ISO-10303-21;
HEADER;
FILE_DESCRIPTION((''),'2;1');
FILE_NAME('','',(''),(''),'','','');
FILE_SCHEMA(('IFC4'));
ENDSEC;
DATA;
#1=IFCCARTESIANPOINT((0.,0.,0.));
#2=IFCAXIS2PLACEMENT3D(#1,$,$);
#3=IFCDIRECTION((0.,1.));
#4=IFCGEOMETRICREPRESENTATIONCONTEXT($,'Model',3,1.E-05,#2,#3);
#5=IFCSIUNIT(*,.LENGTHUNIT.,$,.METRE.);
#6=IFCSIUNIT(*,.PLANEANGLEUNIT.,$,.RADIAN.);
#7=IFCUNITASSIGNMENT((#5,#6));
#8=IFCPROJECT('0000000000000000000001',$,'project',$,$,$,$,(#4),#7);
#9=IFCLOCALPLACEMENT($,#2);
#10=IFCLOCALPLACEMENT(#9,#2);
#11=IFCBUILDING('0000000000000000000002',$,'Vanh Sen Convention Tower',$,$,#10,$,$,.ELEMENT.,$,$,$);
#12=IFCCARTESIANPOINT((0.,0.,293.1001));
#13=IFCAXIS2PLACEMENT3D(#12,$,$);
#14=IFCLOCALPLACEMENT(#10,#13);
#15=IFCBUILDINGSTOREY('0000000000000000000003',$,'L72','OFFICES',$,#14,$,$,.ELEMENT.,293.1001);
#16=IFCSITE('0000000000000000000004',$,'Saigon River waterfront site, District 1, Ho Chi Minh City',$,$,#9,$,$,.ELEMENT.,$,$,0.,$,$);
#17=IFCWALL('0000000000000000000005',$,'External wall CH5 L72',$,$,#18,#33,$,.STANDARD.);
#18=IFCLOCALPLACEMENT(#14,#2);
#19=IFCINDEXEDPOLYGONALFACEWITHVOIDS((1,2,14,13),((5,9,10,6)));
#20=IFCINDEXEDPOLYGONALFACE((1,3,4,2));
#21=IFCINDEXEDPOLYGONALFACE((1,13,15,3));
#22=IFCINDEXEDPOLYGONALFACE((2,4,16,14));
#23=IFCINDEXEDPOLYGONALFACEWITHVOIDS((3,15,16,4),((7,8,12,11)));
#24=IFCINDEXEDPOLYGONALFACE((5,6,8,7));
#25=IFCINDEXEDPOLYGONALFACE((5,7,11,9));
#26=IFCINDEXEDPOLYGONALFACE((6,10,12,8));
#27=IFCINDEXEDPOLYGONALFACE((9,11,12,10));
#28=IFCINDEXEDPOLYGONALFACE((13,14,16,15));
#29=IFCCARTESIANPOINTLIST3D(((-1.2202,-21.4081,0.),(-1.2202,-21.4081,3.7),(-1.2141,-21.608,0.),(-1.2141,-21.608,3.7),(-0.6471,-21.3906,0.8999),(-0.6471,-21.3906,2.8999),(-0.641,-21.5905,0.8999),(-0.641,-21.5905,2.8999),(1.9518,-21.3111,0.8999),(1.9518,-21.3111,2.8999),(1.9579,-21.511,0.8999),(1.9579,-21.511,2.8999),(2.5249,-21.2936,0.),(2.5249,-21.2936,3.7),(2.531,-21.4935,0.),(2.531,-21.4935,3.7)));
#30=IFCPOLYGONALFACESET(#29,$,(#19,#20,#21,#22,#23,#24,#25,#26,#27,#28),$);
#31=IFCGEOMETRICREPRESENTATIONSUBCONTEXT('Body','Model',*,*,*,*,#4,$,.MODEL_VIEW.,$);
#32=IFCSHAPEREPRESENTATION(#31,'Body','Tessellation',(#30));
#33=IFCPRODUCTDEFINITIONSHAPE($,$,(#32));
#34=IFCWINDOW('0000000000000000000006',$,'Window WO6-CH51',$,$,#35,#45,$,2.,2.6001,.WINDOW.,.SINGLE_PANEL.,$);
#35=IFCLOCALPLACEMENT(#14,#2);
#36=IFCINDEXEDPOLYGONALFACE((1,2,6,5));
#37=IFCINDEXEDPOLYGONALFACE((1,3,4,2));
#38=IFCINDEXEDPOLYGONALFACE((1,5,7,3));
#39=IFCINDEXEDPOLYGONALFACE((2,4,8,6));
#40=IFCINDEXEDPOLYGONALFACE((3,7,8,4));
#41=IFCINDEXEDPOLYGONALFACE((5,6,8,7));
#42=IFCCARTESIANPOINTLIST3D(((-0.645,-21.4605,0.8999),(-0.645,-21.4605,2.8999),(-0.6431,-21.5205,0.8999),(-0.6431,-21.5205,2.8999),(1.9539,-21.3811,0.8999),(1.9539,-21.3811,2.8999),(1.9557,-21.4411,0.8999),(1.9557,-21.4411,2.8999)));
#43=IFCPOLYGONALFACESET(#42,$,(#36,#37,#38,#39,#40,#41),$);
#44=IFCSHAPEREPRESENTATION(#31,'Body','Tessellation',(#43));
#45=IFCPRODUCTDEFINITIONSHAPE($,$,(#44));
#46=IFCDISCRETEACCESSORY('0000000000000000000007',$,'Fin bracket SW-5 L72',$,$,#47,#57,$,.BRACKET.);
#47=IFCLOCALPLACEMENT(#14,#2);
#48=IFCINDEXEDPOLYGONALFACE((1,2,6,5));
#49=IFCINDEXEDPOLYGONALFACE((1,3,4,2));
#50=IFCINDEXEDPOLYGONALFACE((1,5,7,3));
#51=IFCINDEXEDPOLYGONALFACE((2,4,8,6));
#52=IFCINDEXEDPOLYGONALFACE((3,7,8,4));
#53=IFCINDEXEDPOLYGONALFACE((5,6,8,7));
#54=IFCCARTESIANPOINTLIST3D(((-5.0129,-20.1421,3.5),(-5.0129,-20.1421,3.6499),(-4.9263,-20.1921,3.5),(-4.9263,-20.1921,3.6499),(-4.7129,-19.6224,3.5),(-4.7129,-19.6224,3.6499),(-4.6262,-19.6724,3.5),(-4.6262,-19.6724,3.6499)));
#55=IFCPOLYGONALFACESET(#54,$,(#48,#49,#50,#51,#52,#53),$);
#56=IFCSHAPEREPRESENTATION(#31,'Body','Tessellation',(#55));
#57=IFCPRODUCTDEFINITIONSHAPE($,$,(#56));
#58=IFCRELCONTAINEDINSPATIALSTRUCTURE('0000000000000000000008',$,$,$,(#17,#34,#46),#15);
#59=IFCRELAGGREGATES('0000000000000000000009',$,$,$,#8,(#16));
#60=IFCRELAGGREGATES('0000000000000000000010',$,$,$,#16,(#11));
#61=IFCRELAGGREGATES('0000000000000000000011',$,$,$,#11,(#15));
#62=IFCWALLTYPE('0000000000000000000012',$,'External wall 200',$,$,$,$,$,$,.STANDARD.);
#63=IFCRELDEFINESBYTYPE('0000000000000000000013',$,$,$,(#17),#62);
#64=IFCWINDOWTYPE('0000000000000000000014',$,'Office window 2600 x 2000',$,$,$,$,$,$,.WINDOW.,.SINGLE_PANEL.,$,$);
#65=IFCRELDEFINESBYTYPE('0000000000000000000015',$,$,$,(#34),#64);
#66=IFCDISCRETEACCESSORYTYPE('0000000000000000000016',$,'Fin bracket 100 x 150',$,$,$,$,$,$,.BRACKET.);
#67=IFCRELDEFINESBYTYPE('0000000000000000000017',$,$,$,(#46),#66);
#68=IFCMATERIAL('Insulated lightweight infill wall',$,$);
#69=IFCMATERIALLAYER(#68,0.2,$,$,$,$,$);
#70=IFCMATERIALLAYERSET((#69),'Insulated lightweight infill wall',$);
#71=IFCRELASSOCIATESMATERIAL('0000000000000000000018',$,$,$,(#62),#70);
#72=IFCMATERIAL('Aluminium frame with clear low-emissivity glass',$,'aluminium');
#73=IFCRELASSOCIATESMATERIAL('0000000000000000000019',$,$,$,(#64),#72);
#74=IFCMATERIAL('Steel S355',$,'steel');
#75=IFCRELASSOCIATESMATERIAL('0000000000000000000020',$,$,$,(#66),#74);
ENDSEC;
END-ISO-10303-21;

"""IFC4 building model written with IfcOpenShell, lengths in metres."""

from ifc_helpers import new_model, si_unit, direction, frame, frame_2d, origin, origin_2d, place, context, subcontext, project, spatial, rectangle, extrude, material, layer, layer_set, type_object, element, fill, save


model = new_model("IFC4")

# Units and contexts
model_context = context("Model", 3, precision=1e-05, world=origin(), true_north=direction((0.0, 1.0)))
body_context = subcontext(model_context, "Body", "Model", "MODEL_VIEW")
ifc_project = project(units=[si_unit("LENGTHUNIT", "METRE"), si_unit("PLANEANGLEUNIT", "RADIAN")], contexts=[model_context])

# Site, building, storey
site_placement = place(None, origin())
site = spatial("IfcSite", under=ifc_project, at=site_placement, Name="Saigon River waterfront site, District 1, Ho Chi Minh City", CompositionType="ELEMENT", RefElevation=0.0)
building_placement = place(site_placement, origin())
building = spatial("IfcBuilding", under=site, at=building_placement, Name="Vanh Sen Convention Tower", CompositionType="ELEMENT")
storey_placement = place(building_placement, frame((0.0, 0.0, 293.1001)))
storey = spatial("IfcBuildingStorey", under=building, at=storey_placement, Name="L72", Description="OFFICES", CompositionType="ELEMENT", Elevation=293.1001)

# Wall, opening, window
ifc_material_1 = material(Name="Insulated lightweight infill wall")
ifc_layer_1 = layer(ifc_material_1, 0.2)
ifc_layer_set_1 = layer_set([ifc_layer_1], Name="Insulated lightweight infill wall")
wall_type_1 = type_object("IfcWallType", Name="External wall 200", PredefinedType="STANDARD", material=ifc_layer_set_1)
wall_1_placement = place(storey_placement, frame((-1.2173, -21.5081, 0.0), z_axis=(0.0, 0.0, 1.0), x_axis=(0.999533, 0.030559, 0.0)))
wall_1 = element("IfcWall", 1, at=wall_1_placement, inside=storey, type_object=wall_type_1, Name="External wall CH5 L72", PredefinedType="STANDARD", context=body_context, shape_type="SweptSolid", body=[
    extrude(rectangle(XDim=3.7468, YDim=0.2, at=frame_2d((1.8735, 0.0))), origin(), (0.0, 0.0, 1.0), 3.7),
])
opening_1_placement = place(wall_1_placement, frame((0.5735, 0.0, 0.8999)))
opening_1 = element("IfcOpeningElement", 2, at=opening_1_placement, cuts=wall_1, PredefinedType="OPENING", context=body_context, shape_type="SweptSolid", body=[
    extrude(rectangle(XDim=2.6001, YDim=2.0, at=frame_2d((1.3, 1.0))), frame((0.0, 0.1099, 0.0), z_axis=(0.0, -1.0, 0.0), x_axis=(1.0, 0.0, 0.0)), (0.0, 0.0, 1.0), 0.22),
])
ifc_material_2 = material(Name="Aluminium frame with clear low-emissivity glass", Category="aluminium")
window_type = type_object("IfcWindowType", Name="Office window 2600 x 2000", PartitioningType="SINGLE_PANEL", PredefinedType="WINDOW", material=ifc_material_2)
window_placement = place(opening_1_placement, origin())
window = element("IfcWindow", 3, at=window_placement, inside=storey, type_object=window_type, Name="Window WO6-CH51", OverallHeight=2.0, OverallWidth=2.6001, PartitioningType="SINGLE_PANEL", PredefinedType="WINDOW", context=body_context, shape_type="SweptSolid", body=[
    extrude(rectangle(XDim=2.6001, YDim=2.0, at=frame_2d((1.3, 1.0))), frame((0.0, 0.03, 0.0), z_axis=(0.0, -1.0, 0.0), x_axis=(1.0, 0.0, 0.0)), (0.0, 0.0, 1.0), 0.0601),
])
fill(opening_1, window)

# Discrete accessory
ifc_material_3 = material(Name="Steel S355", Category="steel")
discrete_accessory_type = type_object("IfcDiscreteAccessoryType", Name="Fin bracket 100 x 150", PredefinedType="BRACKET", material=ifc_material_3)
discrete_accessory_placement = place(storey_placement, frame((-4.8196, -19.9072, 3.5), z_axis=(0.0, 0.0, 1.0), x_axis=(-0.5, -0.866025, 0.0)))
element("IfcDiscreteAccessory", 4, at=discrete_accessory_placement, inside=storey, type_object=discrete_accessory_type, Name="Fin bracket SW-5 L72", PredefinedType="BRACKET", context=body_context, shape_type="SweptSolid", body=[
    extrude(rectangle(XDim=0.6001, YDim=0.1001, at=origin_2d()), origin(), (0.0, 0.0, 1.0), 0.1499),
])

save(model, "model.ifc")
